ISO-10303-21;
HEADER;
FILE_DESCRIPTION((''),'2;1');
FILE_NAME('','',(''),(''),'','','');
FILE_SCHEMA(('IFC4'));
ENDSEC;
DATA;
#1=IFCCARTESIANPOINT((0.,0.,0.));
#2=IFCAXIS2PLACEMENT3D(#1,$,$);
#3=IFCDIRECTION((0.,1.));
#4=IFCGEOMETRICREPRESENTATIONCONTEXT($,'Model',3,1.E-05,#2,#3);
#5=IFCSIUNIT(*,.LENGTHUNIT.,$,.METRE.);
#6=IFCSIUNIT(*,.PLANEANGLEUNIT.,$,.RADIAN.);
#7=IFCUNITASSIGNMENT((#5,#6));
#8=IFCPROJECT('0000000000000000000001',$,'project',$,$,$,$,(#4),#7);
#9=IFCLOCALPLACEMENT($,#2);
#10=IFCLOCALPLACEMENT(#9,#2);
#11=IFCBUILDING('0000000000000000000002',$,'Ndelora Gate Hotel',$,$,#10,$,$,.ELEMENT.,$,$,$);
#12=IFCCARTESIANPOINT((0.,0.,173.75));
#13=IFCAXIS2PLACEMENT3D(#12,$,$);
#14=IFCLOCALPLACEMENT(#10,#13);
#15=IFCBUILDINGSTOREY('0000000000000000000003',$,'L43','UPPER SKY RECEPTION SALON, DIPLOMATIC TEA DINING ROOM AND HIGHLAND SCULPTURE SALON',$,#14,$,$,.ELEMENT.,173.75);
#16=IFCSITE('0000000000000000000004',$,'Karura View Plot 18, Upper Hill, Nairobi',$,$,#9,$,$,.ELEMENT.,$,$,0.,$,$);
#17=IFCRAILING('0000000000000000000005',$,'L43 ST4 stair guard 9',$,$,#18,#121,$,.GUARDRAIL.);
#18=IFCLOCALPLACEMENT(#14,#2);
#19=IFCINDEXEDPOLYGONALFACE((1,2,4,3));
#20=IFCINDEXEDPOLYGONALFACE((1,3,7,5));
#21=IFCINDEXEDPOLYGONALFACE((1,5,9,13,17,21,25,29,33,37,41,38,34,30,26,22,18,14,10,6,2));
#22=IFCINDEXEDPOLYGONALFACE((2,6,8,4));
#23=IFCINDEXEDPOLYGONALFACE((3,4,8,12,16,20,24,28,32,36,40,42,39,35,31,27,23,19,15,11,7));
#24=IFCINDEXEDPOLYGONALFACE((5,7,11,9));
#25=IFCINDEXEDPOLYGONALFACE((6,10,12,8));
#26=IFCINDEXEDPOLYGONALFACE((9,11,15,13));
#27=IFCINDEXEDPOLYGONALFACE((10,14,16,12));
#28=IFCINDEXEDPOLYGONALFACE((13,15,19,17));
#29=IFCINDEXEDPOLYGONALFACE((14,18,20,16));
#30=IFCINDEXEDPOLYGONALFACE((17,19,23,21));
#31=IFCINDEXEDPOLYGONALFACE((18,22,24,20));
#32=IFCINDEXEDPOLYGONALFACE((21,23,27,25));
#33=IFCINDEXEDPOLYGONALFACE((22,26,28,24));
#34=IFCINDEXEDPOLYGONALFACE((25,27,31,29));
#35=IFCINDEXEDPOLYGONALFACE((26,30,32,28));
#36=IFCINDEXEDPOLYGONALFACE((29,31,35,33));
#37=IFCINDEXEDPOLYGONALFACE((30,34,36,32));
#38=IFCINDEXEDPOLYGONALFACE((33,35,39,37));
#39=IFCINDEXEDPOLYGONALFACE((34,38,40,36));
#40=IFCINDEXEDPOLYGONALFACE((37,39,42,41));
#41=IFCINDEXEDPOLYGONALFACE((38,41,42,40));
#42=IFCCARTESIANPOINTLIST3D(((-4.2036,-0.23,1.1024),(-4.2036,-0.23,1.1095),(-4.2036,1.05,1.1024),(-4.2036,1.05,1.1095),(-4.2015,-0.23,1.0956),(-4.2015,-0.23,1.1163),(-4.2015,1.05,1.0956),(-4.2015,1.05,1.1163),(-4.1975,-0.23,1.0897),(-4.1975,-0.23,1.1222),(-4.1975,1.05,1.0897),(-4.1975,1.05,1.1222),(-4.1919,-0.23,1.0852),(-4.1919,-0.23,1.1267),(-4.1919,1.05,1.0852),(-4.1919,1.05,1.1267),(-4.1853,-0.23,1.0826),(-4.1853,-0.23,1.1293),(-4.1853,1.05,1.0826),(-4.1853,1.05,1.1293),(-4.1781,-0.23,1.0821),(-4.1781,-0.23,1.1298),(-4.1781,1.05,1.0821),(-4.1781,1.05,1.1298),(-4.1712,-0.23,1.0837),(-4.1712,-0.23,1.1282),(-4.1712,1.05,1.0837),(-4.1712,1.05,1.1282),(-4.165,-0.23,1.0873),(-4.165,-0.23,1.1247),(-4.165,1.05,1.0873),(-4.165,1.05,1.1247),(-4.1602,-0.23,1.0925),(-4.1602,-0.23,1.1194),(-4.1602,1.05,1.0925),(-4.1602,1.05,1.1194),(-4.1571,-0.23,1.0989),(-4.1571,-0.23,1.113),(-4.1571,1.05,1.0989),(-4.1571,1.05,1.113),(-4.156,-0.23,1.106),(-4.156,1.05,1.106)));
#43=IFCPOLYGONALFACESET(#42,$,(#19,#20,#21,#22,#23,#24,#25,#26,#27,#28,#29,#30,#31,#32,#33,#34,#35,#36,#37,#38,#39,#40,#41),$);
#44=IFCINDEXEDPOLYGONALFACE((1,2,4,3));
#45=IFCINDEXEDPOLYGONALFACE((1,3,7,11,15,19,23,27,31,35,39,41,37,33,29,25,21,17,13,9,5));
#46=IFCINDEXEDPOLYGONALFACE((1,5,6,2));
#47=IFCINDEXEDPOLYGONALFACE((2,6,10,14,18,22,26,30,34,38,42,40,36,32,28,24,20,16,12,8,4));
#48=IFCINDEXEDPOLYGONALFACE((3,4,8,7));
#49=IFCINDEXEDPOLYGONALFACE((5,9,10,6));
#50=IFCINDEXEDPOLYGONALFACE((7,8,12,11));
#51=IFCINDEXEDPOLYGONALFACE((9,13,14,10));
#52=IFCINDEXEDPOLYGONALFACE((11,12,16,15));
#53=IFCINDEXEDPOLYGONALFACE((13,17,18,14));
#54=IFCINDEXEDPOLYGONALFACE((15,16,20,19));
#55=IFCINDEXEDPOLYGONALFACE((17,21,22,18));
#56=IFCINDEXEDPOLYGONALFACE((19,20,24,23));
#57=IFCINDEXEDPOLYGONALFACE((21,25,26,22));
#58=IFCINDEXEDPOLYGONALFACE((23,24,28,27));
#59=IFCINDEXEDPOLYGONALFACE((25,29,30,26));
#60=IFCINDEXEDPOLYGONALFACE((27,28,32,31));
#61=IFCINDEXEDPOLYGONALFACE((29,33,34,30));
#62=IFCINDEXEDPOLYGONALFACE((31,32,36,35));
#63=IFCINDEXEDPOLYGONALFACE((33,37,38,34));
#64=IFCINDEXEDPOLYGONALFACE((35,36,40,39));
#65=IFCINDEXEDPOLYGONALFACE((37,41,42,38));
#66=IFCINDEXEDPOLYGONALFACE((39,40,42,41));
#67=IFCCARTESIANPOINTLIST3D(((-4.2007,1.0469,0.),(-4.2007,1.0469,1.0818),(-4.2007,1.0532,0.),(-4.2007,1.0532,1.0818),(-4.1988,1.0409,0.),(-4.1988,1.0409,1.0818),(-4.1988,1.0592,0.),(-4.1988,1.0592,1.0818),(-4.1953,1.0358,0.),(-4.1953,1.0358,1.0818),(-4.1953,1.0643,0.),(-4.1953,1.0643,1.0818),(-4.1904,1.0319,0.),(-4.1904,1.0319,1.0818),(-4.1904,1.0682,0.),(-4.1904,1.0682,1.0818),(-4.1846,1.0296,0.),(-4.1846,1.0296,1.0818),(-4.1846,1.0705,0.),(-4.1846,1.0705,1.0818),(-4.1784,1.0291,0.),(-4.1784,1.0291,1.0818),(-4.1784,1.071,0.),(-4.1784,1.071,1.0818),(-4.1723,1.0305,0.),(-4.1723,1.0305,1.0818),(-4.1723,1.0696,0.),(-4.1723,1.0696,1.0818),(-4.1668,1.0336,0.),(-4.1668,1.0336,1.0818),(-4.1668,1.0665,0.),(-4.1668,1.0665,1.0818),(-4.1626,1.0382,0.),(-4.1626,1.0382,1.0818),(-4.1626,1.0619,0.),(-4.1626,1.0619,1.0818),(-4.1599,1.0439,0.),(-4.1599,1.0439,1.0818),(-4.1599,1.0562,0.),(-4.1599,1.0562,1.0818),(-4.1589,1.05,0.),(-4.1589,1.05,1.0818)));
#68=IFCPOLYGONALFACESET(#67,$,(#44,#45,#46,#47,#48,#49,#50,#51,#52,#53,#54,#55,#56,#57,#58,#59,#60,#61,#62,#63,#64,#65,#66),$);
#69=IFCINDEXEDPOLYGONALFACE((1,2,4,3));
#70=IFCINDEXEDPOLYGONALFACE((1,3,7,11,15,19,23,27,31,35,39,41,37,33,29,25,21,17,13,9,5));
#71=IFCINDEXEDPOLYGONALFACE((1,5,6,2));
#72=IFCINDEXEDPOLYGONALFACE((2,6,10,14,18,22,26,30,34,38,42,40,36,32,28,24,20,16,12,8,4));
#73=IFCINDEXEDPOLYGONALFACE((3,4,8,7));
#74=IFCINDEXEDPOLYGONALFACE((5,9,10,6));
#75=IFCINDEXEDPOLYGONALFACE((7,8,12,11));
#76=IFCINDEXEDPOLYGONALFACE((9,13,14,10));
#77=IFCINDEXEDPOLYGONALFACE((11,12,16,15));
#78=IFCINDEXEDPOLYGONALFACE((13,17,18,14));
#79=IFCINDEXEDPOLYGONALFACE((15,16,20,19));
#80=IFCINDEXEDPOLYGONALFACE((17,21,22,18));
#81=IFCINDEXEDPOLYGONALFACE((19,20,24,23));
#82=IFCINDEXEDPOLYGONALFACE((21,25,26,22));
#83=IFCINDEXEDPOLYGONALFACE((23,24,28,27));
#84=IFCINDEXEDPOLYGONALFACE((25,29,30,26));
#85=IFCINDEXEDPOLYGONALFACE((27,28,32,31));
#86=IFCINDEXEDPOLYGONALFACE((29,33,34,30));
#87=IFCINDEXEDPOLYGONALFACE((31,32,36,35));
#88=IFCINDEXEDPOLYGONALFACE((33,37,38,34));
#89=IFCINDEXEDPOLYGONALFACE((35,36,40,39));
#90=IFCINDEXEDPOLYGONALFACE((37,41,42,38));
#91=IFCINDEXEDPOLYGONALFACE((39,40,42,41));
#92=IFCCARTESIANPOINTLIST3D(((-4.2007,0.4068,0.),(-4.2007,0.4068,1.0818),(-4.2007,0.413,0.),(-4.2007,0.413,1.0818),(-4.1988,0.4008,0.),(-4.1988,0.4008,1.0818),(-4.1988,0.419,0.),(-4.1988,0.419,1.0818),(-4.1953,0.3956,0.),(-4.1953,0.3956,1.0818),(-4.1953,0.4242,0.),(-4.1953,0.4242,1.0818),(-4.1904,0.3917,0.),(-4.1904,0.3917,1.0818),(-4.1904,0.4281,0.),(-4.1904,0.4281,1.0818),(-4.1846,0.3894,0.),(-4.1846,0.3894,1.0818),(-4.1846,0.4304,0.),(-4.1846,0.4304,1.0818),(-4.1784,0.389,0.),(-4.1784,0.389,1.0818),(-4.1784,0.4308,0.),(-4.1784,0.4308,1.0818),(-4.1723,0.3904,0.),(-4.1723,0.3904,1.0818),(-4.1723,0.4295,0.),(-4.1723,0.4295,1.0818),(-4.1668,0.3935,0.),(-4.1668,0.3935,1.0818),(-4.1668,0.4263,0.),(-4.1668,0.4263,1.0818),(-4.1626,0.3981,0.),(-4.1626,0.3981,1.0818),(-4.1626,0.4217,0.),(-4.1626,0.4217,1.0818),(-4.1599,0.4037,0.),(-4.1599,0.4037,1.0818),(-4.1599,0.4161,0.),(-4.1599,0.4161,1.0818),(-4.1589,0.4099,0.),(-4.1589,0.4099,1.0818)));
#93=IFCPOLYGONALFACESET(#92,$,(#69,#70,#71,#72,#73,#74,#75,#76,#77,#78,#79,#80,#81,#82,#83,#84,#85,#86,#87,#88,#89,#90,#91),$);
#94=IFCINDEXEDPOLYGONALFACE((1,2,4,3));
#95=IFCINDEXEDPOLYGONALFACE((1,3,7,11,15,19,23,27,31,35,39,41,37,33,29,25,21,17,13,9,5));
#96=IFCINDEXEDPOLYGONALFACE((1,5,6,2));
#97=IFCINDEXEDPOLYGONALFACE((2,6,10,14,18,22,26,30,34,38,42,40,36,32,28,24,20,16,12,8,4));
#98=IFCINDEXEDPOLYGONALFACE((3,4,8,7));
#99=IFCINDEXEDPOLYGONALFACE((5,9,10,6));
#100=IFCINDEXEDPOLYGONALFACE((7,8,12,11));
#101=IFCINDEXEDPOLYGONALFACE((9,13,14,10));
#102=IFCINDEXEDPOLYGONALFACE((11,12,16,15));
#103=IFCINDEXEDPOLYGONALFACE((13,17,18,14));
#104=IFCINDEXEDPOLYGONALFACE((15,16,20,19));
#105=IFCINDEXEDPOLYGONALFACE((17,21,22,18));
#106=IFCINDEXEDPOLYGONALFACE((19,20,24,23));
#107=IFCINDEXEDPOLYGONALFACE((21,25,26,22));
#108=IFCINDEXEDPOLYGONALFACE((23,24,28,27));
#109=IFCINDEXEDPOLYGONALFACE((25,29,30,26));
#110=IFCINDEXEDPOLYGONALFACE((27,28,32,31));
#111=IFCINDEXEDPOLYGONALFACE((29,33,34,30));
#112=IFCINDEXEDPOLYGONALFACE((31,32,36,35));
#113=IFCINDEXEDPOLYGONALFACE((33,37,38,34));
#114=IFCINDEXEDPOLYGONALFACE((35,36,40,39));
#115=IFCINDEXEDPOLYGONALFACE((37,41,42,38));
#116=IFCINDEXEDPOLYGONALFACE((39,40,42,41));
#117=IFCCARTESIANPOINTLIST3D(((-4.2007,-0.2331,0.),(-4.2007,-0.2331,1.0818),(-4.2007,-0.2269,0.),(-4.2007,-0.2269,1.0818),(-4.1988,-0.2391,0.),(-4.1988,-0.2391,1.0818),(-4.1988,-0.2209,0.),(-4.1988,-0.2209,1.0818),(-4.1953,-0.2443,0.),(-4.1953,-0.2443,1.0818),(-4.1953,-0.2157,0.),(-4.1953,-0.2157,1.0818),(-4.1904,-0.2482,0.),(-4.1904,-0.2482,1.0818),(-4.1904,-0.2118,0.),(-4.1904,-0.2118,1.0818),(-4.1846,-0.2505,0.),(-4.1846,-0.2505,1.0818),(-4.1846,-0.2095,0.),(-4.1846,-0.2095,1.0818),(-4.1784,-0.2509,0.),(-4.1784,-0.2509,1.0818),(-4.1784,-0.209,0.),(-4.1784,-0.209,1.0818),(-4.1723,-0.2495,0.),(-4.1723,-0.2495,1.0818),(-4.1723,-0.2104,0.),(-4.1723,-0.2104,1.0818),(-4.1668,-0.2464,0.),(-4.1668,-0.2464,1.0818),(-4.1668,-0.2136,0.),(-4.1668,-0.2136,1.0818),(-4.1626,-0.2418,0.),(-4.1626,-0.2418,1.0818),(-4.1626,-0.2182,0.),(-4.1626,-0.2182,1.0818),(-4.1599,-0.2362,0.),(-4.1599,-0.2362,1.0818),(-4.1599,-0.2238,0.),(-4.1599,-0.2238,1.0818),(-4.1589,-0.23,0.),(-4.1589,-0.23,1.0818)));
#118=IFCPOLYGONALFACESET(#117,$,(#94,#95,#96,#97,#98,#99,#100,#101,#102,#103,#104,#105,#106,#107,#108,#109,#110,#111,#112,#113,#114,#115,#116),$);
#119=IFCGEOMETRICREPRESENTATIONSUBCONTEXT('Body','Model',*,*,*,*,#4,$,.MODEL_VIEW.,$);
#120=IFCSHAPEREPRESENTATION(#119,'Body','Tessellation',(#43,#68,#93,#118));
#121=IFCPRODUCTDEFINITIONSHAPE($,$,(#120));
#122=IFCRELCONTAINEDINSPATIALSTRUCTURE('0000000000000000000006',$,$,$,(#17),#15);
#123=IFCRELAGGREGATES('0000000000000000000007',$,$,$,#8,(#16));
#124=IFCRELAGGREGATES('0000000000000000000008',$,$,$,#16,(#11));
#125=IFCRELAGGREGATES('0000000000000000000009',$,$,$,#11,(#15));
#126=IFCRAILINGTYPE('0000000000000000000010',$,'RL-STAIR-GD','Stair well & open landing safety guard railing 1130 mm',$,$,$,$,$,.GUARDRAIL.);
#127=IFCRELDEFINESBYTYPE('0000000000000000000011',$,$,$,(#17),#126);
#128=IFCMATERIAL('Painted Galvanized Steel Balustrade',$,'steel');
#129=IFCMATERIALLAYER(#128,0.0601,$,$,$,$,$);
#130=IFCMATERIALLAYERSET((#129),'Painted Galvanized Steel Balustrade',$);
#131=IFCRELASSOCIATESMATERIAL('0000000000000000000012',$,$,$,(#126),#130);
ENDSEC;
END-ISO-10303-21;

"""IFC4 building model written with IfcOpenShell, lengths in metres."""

from ifc_helpers import new_model, si_unit, direction, frame, origin, origin_2d, place, context, subcontext, project, spatial, circle, extrude, material, layer, layer_set, type_object, element, save


model = new_model("IFC4")

# Units and contexts
model_context = context("Model", 3, precision=1e-05, world=origin(), true_north=direction((0.0, 1.0)))
body_context = subcontext(model_context, "Body", "Model", "MODEL_VIEW")
ifc_project = project(units=[si_unit("LENGTHUNIT", "METRE"), si_unit("PLANEANGLEUNIT", "RADIAN")], contexts=[model_context])

# Site, building, storey
site_placement = place(None, origin())
site = spatial("IfcSite", under=ifc_project, at=site_placement, Name="Karura View Plot 18, Upper Hill, Nairobi", CompositionType="ELEMENT", RefElevation=0.0)
building_placement = place(site_placement, origin())
building = spatial("IfcBuilding", under=site, at=building_placement, Name="Ndelora Gate Hotel", CompositionType="ELEMENT")
storey_placement = place(building_placement, frame((0.0, 0.0, 173.75)))
storey = spatial("IfcBuildingStorey", under=building, at=storey_placement, Name="L43", Description="UPPER SKY RECEPTION SALON, DIPLOMATIC TEA DINING ROOM AND HIGHLAND SCULPTURE SALON", CompositionType="ELEMENT", Elevation=173.75)

# Railing
ifc_material_1 = material(Name="Painted Galvanized Steel Balustrade", Category="steel")
ifc_layer_1 = layer(ifc_material_1, 0.0601)
ifc_layer_set_1 = layer_set([ifc_layer_1], Name="Painted Galvanized Steel Balustrade")
railing_type_1 = type_object("IfcRailingType", Name="RL-STAIR-GD", Description="Stair well & open landing safety guard railing 1130 mm", PredefinedType="GUARDRAIL", material=ifc_layer_set_1)
for number, where, name in (
    (1, (-4.1799, 1.05, 0.0), "L43 ST4 stair guard 9"),
):
    element("IfcRailing", number, at=place(storey_placement, frame(where)), inside=storey, type_object=railing_type_1, Name=name, PredefinedType="GUARDRAIL", context=body_context, shape_type="SweptSolid", body=[
        extrude(circle(Radius=0.0239, at=origin_2d()), frame((0.0, 0.0, 1.106), z_axis=(0.0, -1.0, 0.0), x_axis=(1.0, 0.0, 0.0)), (0.0, 0.0, 1.0), 1.28),
        extrude(circle(Radius=0.021, at=origin_2d()), origin(), (0.0, 0.0, 1.0), 1.0818),
        extrude(circle(Radius=0.021, at=origin_2d()), frame((0.0, -0.6401, 0.0)), (0.0, 0.0, 1.0), 1.0818),
        extrude(circle(Radius=0.021, at=origin_2d()), frame((0.0, -1.28, 0.0)), (0.0, 0.0, 1.0), 1.0818),
    ])

save(model, "model.ifc")
